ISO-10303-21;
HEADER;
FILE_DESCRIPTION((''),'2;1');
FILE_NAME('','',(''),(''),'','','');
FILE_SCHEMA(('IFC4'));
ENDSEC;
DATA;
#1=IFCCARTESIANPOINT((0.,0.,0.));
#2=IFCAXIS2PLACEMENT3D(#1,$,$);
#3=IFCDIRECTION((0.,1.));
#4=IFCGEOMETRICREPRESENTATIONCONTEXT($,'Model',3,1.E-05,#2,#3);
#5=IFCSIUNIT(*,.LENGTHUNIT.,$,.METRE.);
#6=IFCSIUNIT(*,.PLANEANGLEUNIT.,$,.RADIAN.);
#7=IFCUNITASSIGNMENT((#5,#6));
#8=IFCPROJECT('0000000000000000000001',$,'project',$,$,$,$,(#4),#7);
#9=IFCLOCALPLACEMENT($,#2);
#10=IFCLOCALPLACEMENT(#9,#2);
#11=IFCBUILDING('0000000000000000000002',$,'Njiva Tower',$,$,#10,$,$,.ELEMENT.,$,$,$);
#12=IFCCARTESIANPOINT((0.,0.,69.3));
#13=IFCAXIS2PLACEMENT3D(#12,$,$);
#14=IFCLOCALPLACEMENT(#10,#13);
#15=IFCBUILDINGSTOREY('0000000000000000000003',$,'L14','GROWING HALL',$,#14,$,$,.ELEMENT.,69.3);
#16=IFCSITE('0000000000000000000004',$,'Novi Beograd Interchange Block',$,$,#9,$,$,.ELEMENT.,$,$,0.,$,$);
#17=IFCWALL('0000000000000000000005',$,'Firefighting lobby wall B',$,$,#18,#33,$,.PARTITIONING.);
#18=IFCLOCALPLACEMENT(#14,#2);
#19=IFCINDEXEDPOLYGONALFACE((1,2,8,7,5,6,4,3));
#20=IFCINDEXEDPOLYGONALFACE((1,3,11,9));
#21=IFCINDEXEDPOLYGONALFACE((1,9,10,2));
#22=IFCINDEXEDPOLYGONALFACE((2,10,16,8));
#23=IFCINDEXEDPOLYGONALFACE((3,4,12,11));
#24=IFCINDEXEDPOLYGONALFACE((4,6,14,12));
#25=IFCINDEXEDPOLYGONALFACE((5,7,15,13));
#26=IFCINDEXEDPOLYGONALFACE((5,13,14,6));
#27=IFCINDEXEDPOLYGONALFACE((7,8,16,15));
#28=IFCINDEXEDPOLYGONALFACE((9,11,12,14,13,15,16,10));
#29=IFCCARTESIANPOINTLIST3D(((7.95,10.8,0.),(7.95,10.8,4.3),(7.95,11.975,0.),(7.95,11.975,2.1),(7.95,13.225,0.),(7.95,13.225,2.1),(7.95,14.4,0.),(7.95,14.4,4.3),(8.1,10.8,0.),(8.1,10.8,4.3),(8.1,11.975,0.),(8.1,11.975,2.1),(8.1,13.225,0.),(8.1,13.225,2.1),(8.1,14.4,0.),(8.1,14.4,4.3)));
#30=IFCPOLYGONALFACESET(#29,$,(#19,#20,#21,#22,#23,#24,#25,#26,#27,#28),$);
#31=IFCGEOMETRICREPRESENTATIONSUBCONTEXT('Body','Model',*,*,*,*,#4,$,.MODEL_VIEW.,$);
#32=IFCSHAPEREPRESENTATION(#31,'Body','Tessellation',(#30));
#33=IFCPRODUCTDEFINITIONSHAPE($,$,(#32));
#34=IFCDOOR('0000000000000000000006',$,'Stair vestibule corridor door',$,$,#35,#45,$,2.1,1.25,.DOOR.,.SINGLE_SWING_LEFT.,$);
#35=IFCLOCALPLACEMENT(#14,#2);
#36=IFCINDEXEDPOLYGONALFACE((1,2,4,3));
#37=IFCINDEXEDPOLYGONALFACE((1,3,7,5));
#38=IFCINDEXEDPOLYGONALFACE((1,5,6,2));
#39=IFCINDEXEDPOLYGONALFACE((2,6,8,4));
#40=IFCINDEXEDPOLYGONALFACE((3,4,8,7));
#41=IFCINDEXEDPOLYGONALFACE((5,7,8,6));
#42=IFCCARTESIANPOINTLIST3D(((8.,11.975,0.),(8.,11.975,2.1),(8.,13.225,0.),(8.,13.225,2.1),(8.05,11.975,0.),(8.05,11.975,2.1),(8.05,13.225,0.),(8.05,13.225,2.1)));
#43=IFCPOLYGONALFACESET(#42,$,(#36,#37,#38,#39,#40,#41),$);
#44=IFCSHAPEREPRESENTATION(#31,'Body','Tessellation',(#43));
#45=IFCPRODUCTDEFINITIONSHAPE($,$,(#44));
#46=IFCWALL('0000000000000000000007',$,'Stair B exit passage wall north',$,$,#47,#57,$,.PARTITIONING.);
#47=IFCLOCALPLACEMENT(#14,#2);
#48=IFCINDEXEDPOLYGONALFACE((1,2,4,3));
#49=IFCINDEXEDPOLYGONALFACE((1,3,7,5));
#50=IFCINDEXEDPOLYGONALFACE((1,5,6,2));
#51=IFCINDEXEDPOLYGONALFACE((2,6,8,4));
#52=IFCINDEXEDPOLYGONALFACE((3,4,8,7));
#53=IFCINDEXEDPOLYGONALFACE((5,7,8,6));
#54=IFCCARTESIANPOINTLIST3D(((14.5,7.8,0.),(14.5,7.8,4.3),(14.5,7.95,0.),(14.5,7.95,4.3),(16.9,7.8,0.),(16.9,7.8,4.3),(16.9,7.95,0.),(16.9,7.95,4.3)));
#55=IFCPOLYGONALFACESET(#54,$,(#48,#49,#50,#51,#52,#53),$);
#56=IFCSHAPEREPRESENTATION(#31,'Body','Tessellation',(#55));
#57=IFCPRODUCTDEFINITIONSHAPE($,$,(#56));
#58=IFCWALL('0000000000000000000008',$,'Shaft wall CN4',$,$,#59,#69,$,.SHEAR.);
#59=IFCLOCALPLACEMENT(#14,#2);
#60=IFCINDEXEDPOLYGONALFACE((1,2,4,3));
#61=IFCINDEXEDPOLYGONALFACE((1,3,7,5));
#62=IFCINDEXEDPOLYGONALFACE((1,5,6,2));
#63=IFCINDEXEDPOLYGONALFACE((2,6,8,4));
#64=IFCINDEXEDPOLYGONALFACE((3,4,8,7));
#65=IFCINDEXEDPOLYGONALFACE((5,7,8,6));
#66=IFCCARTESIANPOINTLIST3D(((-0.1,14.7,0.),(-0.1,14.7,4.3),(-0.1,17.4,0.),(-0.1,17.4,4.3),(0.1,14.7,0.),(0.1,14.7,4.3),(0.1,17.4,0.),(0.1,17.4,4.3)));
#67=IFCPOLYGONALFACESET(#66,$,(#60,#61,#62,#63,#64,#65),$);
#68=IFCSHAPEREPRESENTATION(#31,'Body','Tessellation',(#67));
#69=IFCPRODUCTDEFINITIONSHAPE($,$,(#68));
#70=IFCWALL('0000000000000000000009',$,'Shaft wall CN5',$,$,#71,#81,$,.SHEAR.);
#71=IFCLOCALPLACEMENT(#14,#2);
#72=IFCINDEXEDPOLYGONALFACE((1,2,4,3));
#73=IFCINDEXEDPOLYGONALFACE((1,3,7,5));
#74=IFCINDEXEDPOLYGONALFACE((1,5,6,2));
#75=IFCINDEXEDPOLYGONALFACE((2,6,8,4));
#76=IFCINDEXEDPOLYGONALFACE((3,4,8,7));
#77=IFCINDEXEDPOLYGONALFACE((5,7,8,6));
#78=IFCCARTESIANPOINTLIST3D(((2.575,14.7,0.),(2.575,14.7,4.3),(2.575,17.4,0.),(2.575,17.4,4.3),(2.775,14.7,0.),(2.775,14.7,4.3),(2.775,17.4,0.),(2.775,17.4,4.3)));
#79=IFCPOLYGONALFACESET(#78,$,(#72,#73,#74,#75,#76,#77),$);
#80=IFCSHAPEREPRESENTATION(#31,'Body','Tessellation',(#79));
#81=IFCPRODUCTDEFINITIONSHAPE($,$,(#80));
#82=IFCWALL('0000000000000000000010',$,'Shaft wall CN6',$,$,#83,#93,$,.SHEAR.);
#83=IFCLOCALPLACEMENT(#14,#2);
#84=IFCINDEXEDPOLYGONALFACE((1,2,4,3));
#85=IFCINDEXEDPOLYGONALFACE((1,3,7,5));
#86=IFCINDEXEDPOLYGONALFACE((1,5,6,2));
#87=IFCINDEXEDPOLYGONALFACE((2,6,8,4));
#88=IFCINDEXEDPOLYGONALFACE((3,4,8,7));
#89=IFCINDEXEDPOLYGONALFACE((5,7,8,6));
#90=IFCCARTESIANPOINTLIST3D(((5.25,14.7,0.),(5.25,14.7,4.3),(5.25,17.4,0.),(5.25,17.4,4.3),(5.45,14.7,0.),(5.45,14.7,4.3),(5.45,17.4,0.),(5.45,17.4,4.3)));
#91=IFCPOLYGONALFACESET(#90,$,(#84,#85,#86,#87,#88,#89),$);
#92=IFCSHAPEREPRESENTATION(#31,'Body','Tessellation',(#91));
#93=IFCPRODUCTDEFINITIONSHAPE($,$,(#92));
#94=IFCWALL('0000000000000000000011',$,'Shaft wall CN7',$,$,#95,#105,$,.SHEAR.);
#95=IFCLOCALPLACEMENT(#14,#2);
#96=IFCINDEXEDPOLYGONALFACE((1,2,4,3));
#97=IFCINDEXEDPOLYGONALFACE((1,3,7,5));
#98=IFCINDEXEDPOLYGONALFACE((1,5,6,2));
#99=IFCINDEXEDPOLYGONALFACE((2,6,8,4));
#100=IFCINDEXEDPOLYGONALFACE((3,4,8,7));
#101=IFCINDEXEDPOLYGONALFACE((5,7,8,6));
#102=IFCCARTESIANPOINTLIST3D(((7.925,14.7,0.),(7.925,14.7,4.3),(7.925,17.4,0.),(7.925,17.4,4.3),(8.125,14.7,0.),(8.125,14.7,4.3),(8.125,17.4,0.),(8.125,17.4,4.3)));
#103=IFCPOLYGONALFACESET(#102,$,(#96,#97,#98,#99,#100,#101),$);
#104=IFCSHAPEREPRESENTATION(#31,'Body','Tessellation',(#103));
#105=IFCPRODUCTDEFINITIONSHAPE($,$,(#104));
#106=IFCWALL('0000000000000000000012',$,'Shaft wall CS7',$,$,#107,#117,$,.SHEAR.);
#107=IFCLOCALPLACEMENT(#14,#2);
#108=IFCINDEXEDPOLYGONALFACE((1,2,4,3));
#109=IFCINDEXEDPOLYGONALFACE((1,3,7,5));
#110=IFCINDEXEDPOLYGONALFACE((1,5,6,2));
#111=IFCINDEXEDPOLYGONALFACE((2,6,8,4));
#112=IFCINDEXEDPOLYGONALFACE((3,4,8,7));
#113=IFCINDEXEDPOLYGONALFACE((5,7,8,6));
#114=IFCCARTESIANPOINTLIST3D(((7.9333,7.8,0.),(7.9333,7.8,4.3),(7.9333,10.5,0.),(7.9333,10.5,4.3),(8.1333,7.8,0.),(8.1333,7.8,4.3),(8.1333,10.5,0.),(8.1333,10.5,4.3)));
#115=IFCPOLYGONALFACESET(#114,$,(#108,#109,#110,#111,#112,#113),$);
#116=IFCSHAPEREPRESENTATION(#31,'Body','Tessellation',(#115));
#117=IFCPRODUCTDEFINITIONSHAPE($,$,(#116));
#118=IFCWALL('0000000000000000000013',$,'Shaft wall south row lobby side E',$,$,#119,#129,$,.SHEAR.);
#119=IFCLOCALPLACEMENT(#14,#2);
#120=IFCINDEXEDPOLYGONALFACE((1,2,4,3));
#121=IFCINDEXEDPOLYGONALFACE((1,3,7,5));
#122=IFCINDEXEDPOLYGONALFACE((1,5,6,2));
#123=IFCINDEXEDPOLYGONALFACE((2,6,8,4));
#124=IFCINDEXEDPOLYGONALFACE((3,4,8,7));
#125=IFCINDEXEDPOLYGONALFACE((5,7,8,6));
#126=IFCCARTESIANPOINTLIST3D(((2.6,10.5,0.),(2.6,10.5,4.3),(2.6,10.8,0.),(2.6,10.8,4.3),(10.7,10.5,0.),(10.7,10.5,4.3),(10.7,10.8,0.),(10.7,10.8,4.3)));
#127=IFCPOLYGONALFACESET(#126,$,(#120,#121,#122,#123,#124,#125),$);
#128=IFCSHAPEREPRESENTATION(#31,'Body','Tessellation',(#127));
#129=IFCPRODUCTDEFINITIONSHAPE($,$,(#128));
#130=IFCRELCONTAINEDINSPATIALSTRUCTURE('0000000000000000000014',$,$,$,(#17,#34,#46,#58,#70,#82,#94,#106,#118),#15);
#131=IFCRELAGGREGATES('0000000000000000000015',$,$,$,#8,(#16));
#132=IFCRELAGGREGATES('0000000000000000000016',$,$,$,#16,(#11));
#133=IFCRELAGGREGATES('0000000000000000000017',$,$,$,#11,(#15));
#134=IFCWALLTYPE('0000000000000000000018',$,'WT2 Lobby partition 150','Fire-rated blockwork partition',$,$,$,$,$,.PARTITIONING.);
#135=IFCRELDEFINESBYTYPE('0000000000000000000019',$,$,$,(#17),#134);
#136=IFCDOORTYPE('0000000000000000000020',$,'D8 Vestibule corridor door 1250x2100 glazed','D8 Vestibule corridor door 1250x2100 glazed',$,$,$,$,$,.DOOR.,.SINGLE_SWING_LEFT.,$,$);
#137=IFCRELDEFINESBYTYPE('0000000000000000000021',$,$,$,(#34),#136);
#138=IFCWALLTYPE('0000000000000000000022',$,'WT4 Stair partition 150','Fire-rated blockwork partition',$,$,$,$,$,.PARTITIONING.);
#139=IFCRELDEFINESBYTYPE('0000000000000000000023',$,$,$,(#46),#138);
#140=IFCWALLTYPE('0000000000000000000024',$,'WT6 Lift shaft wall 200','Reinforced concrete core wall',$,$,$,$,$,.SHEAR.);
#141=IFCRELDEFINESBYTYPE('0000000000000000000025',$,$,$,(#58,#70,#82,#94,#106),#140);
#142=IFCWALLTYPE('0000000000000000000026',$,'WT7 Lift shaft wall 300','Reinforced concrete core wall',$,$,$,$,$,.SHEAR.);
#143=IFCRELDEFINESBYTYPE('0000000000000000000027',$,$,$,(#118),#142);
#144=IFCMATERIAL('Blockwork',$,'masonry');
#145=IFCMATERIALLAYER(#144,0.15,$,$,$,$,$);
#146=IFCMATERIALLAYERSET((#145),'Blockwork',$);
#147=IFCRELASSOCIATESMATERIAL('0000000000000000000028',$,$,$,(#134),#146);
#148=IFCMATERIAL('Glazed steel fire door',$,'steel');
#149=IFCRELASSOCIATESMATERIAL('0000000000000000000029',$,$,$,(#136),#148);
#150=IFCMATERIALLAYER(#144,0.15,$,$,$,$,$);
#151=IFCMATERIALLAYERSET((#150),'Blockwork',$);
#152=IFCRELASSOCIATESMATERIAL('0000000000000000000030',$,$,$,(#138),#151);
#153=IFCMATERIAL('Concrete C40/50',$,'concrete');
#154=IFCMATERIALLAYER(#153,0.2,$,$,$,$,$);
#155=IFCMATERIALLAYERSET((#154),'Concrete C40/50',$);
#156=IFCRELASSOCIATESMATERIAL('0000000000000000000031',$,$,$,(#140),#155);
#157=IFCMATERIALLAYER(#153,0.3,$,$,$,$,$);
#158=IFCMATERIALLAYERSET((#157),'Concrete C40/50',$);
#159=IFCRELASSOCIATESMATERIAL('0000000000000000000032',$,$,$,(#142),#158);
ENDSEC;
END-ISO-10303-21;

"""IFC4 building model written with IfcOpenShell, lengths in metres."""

from ifc_helpers import new_model, si_unit, direction, frame, frame_2d, origin, place, context, subcontext, project, spatial, rectangle, extrude, material, layer, layer_set, type_object, element, fill, save


model = new_model("IFC4")

# Units and contexts
model_context = context("Model", 3, precision=1e-05, world=origin(), true_north=direction((0.0, 1.0)))
body_context = subcontext(model_context, "Body", "Model", "MODEL_VIEW")
ifc_project = project(units=[si_unit("LENGTHUNIT", "METRE"), si_unit("PLANEANGLEUNIT", "RADIAN")], contexts=[model_context])

# Site, building, storey
site_placement = place(None, origin())
site = spatial("IfcSite", under=ifc_project, at=site_placement, Name="Novi Beograd Interchange Block", CompositionType="ELEMENT", RefElevation=0.0)
building_placement = place(site_placement, origin())
building = spatial("IfcBuilding", under=site, at=building_placement, Name="Njiva Tower", CompositionType="ELEMENT")
storey_placement = place(building_placement, frame((0.0, 0.0, 69.3)))
storey = spatial("IfcBuildingStorey", under=building, at=storey_placement, Name="L14", Description="GROWING HALL", CompositionType="ELEMENT", Elevation=69.3)

# Shared definitions
ifc_material_1 = material(Name="Blockwork", Category="masonry")

# Wall, opening, door
ifc_material_2 = material(Name="Concrete C40/50", Category="concrete")
ifc_material_3 = material(Name="Glazed steel fire door", Category="steel")
ifc_layer_1 = layer(ifc_material_1, 0.15)
ifc_layer_set_1 = layer_set([ifc_layer_1], Name="Blockwork")
wall_type_1 = type_object("IfcWallType", Name="WT2 Lobby partition 150", Description="Fire-rated blockwork partition", PredefinedType="PARTITIONING", material=ifc_layer_set_1)
wall_1_placement = place(storey_placement, frame((8.025, 10.8, 0.0), z_axis=(0.0, 0.0, 1.0), x_axis=(0.0, 1.0, 0.0)))
wall_1 = element("IfcWall", 1, at=wall_1_placement, inside=storey, type_object=wall_type_1, Name="Firefighting lobby wall B", PredefinedType="PARTITIONING", context=body_context, shape_type="SweptSolid", body=[
    extrude(rectangle(XDim=3.6, YDim=0.15, at=frame_2d((1.8, 0.0))), origin(), (0.0, 0.0, 1.0), 4.3),
])
opening_1_placement = place(wall_1_placement, frame((1.175, 0.0, 0.0)))
opening_1 = element("IfcOpeningElement", 2, at=opening_1_placement, cuts=wall_1, PredefinedType="OPENING", context=body_context, shape_type="SweptSolid", body=[
    extrude(rectangle(XDim=1.25, YDim=2.1, at=frame_2d((0.625, 1.05))), frame((0.0, 0.085, 0.0), z_axis=(0.0, -1.0, 0.0), x_axis=(1.0, 0.0, 0.0)), (0.0, 0.0, 1.0), 0.17),
])
door_type_1 = type_object("IfcDoorType", Name="D8 Vestibule corridor door 1250x2100 glazed", Description="D8 Vestibule corridor door 1250x2100 glazed", OperationType="SINGLE_SWING_LEFT", PredefinedType="DOOR", material=ifc_material_3)
door_1_placement = place(opening_1_placement, origin())
door_1 = element("IfcDoor", 3, at=door_1_placement, inside=storey, type_object=door_type_1, Name="Stair vestibule corridor door", OperationType="SINGLE_SWING_LEFT", OverallHeight=2.1, OverallWidth=1.25, PredefinedType="DOOR", context=body_context, shape_type="SweptSolid", body=[
    extrude(rectangle(XDim=1.25, YDim=2.1, at=frame_2d((0.625, 1.05))), frame((0.0, 0.025, 0.0), z_axis=(0.0, -1.0, 0.0), x_axis=(1.0, 0.0, 0.0)), (0.0, 0.0, 1.0), 0.05),
])
fill(opening_1, door_1)

# Walls
ifc_layer_2 = layer(ifc_material_1, 0.15)
ifc_layer_set_2 = layer_set([ifc_layer_2], Name="Blockwork")
wall_type_2 = type_object("IfcWallType", Name="WT4 Stair partition 150", Description="Fire-rated blockwork partition", PredefinedType="PARTITIONING", material=ifc_layer_set_2)
wall_2_placement = place(storey_placement, frame((14.5, 7.875, 0.0), z_axis=(0.0, 0.0, 1.0), x_axis=(1.0, 0.0, 0.0)))
element("IfcWall", 4, at=wall_2_placement, inside=storey, type_object=wall_type_2, Name="Stair B exit passage wall north", PredefinedType="PARTITIONING", context=body_context, shape_type="SweptSolid", body=[
    extrude(rectangle(XDim=2.4, YDim=0.15, at=frame_2d((1.2, 0.0))), origin(), (0.0, 0.0, 1.0), 4.3),
])
ifc_layer_3 = layer(ifc_material_2, 0.2)
ifc_layer_set_3 = layer_set([ifc_layer_3], Name="Concrete C40/50")
wall_type_3 = type_object("IfcWallType", Name="WT6 Lift shaft wall 200", Description="Reinforced concrete core wall", PredefinedType="SHEAR", material=ifc_layer_set_3)
for number, where, z_axis, x_axis, name in (
    (5, (0.0, 14.7, 0.0), (0.0, 0.0, 1.0), (0.0, 1.0, 0.0), "Shaft wall CN4"),
    (6, (2.675, 14.7, 0.0), (0.0, 0.0, 1.0), (0.0, 1.0, 0.0), "Shaft wall CN5"),
    (7, (5.35, 14.7, 0.0), (0.0, 0.0, 1.0), (0.0, 1.0, 0.0), "Shaft wall CN6"),
    (8, (8.025, 14.7, 0.0), (0.0, 0.0, 1.0), (0.0, 1.0, 0.0), "Shaft wall CN7"),
    (9, (8.0333, 7.8, 0.0), (0.0, 0.0, 1.0), (0.0, 1.0, 0.0), "Shaft wall CS7"),
):
    element("IfcWall", number, at=place(storey_placement, frame(where, z_axis=z_axis, x_axis=x_axis)), inside=storey, type_object=wall_type_3, Name=name, PredefinedType="SHEAR", context=body_context, shape_type="SweptSolid", body=[
        extrude(rectangle(XDim=2.7, YDim=0.2, at=frame_2d((1.35, 0.0))), origin(), (0.0, 0.0, 1.0), 4.3),
    ])
ifc_layer_4 = layer(ifc_material_2, 0.3)
ifc_layer_set_4 = layer_set([ifc_layer_4], Name="Concrete C40/50")
wall_type_4 = type_object("IfcWallType", Name="WT7 Lift shaft wall 300", Description="Reinforced concrete core wall", PredefinedType="SHEAR", material=ifc_layer_set_4)
wall_3_placement = place(storey_placement, frame((2.6, 10.65, 0.0), z_axis=(0.0, 0.0, 1.0), x_axis=(1.0, 0.0, 0.0)))
element("IfcWall", 10, at=wall_3_placement, inside=storey, type_object=wall_type_4, Name="Shaft wall south row lobby side E", PredefinedType="SHEAR", context=body_context, shape_type="SweptSolid", body=[
    extrude(rectangle(XDim=8.1, YDim=0.3, at=frame_2d((4.05, 0.0))), origin(), (0.0, 0.0, 1.0), 4.3),
])

save(model, "model.ifc")
